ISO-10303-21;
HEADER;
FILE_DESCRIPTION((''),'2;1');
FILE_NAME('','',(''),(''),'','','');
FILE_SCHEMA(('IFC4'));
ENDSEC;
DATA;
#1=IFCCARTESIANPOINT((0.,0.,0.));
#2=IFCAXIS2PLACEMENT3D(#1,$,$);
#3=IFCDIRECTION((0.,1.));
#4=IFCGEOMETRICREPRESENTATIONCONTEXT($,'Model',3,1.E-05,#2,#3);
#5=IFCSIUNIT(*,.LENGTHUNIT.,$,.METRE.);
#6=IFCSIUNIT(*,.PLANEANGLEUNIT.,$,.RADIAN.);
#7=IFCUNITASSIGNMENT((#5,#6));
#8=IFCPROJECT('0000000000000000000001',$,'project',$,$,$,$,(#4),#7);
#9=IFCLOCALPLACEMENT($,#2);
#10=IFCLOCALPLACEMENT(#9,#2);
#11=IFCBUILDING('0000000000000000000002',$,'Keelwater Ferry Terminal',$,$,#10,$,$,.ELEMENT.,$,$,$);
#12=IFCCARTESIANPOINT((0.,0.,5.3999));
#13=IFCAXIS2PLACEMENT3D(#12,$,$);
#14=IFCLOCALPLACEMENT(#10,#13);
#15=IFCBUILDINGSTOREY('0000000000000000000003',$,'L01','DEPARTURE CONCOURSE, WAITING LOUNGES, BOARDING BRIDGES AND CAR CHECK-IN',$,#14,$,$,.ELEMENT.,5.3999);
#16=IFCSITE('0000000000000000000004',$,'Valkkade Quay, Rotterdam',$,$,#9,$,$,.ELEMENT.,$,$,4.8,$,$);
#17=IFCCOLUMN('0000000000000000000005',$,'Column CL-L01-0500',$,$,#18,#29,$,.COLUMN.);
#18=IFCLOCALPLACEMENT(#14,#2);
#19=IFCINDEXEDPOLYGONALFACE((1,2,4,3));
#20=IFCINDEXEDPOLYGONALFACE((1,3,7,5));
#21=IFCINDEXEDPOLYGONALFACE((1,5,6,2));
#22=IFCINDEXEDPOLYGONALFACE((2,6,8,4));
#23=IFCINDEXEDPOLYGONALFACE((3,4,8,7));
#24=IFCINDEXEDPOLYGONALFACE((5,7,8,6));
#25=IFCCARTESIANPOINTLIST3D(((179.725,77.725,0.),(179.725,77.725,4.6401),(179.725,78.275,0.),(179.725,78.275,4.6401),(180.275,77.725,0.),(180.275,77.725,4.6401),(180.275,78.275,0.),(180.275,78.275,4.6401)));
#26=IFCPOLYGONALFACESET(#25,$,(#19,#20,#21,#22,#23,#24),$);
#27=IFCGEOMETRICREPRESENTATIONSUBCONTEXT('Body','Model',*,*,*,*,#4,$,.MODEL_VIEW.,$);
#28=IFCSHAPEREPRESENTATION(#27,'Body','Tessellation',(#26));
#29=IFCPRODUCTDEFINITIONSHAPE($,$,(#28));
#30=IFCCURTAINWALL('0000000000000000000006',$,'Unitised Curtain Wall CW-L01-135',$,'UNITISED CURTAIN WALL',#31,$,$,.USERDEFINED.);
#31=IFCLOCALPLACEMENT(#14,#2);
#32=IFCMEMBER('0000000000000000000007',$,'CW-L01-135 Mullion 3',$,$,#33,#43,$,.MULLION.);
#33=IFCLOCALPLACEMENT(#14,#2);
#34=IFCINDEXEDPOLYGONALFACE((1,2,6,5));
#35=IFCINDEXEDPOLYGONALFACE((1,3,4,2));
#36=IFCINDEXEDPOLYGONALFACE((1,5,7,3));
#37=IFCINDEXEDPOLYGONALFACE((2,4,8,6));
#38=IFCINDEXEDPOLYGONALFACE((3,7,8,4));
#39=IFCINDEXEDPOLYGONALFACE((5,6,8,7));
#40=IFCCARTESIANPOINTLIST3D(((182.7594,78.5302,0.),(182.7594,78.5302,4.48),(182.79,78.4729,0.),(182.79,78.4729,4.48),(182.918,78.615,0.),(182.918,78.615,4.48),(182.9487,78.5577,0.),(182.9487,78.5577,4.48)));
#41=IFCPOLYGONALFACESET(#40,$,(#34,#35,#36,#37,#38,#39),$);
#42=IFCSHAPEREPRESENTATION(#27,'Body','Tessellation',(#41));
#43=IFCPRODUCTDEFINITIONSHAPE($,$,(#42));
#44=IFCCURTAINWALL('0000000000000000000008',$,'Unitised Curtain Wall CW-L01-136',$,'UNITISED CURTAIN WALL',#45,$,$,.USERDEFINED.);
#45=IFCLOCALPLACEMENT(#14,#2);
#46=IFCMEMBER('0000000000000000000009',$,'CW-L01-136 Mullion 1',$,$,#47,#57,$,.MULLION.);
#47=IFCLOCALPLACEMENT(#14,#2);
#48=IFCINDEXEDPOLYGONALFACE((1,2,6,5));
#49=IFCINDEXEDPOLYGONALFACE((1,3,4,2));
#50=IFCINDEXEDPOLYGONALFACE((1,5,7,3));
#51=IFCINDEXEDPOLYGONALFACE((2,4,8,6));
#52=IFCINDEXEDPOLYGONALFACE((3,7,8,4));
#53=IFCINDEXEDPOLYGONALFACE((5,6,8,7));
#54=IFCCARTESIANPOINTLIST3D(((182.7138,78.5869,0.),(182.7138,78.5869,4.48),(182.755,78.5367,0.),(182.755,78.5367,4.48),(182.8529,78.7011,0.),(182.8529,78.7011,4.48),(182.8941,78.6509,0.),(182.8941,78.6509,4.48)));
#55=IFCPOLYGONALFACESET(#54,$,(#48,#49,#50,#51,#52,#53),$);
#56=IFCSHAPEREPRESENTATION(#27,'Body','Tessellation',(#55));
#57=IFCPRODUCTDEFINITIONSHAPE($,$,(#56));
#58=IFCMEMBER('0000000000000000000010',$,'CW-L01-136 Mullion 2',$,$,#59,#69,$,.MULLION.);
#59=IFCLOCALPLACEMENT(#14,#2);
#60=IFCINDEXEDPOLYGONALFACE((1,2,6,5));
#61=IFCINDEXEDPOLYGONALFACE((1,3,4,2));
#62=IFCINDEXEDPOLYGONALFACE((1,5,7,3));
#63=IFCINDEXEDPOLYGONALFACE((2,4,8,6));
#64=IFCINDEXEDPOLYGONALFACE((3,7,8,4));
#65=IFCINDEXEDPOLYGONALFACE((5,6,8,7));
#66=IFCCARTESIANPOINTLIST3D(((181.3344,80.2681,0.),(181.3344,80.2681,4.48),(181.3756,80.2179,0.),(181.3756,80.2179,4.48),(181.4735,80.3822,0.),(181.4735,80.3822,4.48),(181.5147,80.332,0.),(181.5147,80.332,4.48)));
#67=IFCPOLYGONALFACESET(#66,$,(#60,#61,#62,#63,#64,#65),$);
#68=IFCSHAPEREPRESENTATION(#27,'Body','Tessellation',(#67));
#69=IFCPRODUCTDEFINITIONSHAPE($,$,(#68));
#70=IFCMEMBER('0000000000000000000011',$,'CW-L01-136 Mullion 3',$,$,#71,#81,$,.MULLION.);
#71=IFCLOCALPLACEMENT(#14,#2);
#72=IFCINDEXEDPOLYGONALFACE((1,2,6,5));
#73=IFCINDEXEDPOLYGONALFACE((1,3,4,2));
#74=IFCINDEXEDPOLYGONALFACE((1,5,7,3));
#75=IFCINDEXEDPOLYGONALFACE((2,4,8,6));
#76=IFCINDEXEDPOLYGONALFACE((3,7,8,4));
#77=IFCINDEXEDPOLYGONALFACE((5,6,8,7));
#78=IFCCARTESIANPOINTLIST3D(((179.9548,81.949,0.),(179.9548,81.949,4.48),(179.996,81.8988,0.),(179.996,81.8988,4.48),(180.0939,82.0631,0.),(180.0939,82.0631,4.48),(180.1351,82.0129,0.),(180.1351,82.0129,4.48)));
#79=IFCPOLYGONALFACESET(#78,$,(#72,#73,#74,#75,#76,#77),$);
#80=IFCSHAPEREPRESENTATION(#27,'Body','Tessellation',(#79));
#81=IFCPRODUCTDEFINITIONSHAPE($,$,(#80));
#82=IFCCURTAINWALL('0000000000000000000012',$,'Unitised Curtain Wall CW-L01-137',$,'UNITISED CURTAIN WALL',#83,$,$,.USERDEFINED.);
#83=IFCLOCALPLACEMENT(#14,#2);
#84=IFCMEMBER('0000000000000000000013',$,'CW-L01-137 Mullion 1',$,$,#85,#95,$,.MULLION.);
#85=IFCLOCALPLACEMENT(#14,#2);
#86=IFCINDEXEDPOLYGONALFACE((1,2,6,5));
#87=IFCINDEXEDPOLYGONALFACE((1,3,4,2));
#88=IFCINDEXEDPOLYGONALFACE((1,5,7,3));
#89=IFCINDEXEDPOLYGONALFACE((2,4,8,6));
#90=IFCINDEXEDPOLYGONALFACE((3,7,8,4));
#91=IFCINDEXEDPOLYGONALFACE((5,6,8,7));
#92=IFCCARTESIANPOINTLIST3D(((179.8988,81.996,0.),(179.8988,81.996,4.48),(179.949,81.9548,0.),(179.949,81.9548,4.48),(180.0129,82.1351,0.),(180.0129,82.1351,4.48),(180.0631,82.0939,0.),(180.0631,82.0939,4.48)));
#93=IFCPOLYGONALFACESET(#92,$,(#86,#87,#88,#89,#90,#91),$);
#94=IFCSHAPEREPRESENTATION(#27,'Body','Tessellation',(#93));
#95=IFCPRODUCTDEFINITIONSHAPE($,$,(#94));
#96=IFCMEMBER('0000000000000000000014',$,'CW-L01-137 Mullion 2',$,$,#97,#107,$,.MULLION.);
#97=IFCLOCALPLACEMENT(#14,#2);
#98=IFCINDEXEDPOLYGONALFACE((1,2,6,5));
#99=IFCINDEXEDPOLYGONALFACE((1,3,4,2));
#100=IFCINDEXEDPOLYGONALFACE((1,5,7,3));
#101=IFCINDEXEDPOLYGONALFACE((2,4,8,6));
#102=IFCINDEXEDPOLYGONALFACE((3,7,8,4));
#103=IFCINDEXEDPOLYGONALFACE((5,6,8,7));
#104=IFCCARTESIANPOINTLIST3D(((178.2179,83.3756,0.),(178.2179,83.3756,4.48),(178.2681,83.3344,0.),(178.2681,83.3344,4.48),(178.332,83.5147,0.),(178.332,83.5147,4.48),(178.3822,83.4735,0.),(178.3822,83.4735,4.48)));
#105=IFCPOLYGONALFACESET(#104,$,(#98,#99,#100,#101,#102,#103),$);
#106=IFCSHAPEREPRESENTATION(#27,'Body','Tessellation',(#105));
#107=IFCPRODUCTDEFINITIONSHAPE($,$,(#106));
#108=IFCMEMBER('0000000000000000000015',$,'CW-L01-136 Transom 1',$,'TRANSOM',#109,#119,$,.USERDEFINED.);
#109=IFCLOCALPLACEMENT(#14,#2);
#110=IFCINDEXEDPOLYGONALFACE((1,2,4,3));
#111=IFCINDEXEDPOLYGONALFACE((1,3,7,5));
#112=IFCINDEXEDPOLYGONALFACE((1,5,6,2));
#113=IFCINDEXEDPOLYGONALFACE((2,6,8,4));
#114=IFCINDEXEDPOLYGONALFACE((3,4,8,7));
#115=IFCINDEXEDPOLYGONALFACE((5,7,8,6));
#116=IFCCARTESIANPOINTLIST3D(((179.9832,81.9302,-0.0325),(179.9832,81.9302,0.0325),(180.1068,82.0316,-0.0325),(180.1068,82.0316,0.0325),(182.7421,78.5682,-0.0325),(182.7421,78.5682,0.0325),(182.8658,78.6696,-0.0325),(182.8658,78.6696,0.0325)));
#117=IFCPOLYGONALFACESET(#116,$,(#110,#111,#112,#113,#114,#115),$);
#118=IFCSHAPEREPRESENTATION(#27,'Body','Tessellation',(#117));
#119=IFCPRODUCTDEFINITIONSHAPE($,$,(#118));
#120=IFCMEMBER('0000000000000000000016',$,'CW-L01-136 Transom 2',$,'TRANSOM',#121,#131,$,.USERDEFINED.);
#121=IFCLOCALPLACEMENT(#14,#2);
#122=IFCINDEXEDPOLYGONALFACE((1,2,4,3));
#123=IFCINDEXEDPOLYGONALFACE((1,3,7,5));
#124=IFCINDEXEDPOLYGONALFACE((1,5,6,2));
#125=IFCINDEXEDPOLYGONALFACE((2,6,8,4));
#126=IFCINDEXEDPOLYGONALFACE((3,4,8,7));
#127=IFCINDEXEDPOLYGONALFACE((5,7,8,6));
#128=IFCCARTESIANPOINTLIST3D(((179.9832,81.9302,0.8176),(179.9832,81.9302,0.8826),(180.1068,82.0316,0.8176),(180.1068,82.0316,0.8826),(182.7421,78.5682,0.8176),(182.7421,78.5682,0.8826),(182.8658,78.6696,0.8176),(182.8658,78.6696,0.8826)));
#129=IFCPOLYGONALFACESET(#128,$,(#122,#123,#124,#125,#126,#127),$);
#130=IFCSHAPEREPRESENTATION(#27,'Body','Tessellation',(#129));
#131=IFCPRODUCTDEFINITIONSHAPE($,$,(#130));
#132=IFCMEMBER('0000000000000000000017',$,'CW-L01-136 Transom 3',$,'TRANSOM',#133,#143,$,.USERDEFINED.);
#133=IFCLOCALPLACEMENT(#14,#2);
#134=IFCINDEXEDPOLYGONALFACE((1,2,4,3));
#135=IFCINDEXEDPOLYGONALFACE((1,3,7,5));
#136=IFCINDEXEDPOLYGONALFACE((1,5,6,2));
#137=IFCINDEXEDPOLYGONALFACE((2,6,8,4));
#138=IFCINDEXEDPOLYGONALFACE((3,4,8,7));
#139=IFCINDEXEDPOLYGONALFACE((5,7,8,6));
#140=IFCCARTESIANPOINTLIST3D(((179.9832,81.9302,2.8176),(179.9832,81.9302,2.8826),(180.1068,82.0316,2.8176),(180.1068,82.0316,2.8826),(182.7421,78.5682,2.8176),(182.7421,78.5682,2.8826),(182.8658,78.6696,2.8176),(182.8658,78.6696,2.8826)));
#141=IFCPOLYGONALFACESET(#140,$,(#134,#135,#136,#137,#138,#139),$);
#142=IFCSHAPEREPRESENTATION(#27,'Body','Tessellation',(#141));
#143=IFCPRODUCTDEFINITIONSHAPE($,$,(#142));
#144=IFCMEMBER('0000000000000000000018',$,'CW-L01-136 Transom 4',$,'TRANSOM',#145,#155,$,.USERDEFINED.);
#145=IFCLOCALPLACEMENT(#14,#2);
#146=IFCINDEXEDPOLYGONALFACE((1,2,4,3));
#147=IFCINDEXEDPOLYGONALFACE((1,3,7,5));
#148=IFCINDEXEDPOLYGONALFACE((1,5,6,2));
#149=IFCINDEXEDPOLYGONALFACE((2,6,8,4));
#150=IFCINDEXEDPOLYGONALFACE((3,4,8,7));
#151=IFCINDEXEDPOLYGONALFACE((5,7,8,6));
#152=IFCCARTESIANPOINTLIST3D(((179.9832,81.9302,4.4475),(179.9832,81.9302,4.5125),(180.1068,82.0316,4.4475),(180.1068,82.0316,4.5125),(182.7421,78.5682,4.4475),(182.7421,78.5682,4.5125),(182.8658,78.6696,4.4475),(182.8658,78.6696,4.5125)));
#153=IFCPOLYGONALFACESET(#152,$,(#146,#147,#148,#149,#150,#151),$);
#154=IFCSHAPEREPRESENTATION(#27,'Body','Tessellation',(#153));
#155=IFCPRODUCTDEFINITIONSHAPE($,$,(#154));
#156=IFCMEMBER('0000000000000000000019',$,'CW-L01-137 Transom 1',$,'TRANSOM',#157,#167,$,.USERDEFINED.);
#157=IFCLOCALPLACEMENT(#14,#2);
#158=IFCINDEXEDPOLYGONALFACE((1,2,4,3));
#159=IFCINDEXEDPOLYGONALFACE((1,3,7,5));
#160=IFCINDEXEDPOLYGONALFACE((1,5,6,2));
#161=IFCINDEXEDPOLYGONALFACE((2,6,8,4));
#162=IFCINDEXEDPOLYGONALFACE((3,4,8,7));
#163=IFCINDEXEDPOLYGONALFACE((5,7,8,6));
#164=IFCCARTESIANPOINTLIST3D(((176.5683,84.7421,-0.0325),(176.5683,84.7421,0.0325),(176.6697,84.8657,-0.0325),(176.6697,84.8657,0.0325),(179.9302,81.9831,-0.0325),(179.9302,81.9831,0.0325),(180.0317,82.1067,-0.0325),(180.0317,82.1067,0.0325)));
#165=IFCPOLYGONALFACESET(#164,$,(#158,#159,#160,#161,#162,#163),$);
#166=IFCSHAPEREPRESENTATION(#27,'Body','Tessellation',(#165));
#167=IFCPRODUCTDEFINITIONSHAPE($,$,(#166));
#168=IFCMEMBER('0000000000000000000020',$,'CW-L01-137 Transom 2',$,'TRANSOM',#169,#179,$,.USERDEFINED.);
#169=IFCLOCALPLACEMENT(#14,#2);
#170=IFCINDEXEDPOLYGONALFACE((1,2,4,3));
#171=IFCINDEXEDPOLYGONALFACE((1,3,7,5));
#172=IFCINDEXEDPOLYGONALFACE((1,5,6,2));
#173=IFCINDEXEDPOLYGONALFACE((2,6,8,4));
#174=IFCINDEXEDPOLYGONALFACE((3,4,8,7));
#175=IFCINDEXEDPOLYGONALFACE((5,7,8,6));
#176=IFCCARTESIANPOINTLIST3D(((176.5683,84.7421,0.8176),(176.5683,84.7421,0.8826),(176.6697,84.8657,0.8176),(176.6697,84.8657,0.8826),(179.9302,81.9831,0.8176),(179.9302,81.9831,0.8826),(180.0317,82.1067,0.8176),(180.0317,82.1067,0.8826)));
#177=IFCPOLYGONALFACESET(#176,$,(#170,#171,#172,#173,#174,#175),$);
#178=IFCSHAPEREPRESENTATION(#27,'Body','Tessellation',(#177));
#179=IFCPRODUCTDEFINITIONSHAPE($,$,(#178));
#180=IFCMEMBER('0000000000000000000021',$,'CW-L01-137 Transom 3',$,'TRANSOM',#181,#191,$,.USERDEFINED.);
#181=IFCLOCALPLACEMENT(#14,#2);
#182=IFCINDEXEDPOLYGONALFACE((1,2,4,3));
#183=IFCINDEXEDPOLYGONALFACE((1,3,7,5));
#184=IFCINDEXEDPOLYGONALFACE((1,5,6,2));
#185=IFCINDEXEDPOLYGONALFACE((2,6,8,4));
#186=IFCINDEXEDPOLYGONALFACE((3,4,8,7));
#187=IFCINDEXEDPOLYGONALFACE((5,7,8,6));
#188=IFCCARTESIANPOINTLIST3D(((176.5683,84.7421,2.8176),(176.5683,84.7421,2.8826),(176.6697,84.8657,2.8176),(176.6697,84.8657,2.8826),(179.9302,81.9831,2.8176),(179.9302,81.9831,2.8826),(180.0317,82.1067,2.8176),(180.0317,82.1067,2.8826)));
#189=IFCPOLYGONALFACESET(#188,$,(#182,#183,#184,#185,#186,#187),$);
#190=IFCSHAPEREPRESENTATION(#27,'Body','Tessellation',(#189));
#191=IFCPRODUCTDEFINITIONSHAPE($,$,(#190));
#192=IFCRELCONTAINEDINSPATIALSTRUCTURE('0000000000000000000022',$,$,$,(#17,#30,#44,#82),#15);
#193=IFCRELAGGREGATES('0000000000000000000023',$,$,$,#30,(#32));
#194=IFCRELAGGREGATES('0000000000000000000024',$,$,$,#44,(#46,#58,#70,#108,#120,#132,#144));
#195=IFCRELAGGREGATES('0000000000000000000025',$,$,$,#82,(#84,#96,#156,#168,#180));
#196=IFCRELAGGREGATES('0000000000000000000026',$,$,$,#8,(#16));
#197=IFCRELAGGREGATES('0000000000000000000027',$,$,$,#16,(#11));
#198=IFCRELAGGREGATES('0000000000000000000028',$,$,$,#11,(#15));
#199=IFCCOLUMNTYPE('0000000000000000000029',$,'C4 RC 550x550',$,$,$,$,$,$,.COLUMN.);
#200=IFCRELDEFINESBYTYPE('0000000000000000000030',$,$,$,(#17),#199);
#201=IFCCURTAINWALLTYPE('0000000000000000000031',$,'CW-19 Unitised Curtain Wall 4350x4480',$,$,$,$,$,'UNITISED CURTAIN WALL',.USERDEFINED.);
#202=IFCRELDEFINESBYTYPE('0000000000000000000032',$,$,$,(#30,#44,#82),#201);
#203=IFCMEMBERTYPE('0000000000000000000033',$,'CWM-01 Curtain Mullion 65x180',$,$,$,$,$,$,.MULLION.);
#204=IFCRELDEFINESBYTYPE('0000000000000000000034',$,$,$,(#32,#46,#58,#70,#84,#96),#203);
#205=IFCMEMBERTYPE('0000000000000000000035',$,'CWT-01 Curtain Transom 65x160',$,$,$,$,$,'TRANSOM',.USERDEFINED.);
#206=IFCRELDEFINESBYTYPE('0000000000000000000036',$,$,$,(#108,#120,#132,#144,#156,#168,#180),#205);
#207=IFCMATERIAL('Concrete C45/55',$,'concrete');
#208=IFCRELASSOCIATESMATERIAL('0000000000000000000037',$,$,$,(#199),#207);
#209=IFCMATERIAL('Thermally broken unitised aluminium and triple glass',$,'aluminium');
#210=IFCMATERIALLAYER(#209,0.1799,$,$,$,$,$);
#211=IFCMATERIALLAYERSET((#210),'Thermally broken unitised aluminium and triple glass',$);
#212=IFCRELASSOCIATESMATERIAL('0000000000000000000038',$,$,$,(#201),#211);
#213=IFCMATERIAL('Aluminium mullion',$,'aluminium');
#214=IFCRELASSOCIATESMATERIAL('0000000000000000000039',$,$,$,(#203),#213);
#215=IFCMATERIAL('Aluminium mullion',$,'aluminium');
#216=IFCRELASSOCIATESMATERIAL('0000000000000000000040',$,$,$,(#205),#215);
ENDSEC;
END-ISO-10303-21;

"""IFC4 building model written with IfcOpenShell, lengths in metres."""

from ifc_helpers import new_model, si_unit, direction, frame, origin, origin_2d, place, context, subcontext, project, spatial, rectangle, extrude, material, layer, layer_set, material_profile, profile_set, type_object, element, aggregate, save


model = new_model("IFC4")

# Units and contexts
model_context = context("Model", 3, precision=1e-05, world=origin(), true_north=direction((0.0, 1.0)))
body_context = subcontext(model_context, "Body", "Model", "MODEL_VIEW")
ifc_project = project(units=[si_unit("LENGTHUNIT", "METRE"), si_unit("PLANEANGLEUNIT", "RADIAN")], contexts=[model_context])

# Site, building, storey
site_placement = place(None, origin())
site = spatial("IfcSite", under=ifc_project, at=site_placement, Name="Valkkade Quay, Rotterdam", CompositionType="ELEMENT", RefElevation=4.8)
building_placement = place(site_placement, origin())
building = spatial("IfcBuilding", under=site, at=building_placement, Name="Keelwater Ferry Terminal", CompositionType="ELEMENT")
storey_placement = place(building_placement, frame((0.0, 0.0, 5.3999)))
storey = spatial("IfcBuildingStorey", under=building, at=storey_placement, Name="L01", Description="DEPARTURE CONCOURSE, WAITING LOUNGES, BOARDING BRIDGES AND CAR CHECK-IN", CompositionType="ELEMENT", Elevation=5.3999)

# Column
ifc_material_1 = material(Name="Concrete C45/55", Category="concrete")
ifc_material_profile_1 = material_profile(ifc_material_1, rectangle(XDim=0.55, YDim=0.55, at=origin_2d()), Name="RC 550x550")
ifc_profile_set_1 = profile_set([ifc_material_profile_1], Name="Concrete C45/55")
column_type = type_object("IfcColumnType", Name="C4 RC 550x550", PredefinedType="COLUMN", material=ifc_profile_set_1)
column_placement = place(storey_placement, frame((180.0, 78.0, 0.0), z_axis=(0.0, 0.0, 1.0), x_axis=(1.0, 0.0, 0.0)))
element("IfcColumn", 1, at=column_placement, inside=storey, type_object=column_type, Name="Column CL-L01-0500", PredefinedType="COLUMN", context=body_context, shape_type="SweptSolid", body=[
    extrude(rectangle(XDim=0.55, YDim=0.55, at=origin_2d()), origin(), (0.0, 0.0, 1.0), 4.6401),
])

# Curtain wall, member
ifc_material_2 = material(Name="Thermally broken unitised aluminium and triple glass", Category="aluminium")
ifc_layer_1 = layer(ifc_material_2, 0.1799)
ifc_layer_set_1 = layer_set([ifc_layer_1], Name="Thermally broken unitised aluminium and triple glass")
curtain_wall_type = type_object("IfcCurtainWallType", Name="CW-19 Unitised Curtain Wall 4350x4480", ElementType="UNITISED CURTAIN WALL", PredefinedType="USERDEFINED", material=ifc_layer_set_1)
curtain_wall_1_placement = place(storey_placement, origin())
curtain_wall_1 = element("IfcCurtainWall", 2, at=curtain_wall_1_placement, inside=storey, type_object=curtain_wall_type, Name="Unitised Curtain Wall CW-L01-135", ObjectType="UNITISED CURTAIN WALL", PredefinedType="USERDEFINED")
ifc_material_3 = material(Name="Aluminium mullion", Category="aluminium")
ifc_material_profile_2 = material_profile(ifc_material_3, rectangle(XDim=0.0649, YDim=0.1799, at=origin_2d()), Name="CWM-01")
ifc_profile_set_2 = profile_set([ifc_material_profile_2], Name="Aluminium mullion")
member_type_1 = type_object("IfcMemberType", Name="CWM-01 Curtain Mullion 65x180", PredefinedType="MULLION", material=ifc_profile_set_2)
member_1_placement = place(storey_placement, frame((182.854, 78.5439, 0.0), z_axis=(0.0, 0.0, 1.0), x_axis=(-0.471507, 0.881862, 0.0)))
member_1 = element("IfcMember", 3, at=member_1_placement, type_object=member_type_1, Name="CW-L01-135 Mullion 3", PredefinedType="MULLION", context=body_context, shape_type="SweptSolid", body=[
    extrude(rectangle(XDim=0.0649, YDim=0.1799, at=origin_2d()), origin(), (0.0, 0.0, 1.0), 4.48),
])
aggregate(curtain_wall_1, [member_1])

# Curtain walls, members
curtain_wall_2_placement = place(storey_placement, origin())
curtain_wall_2 = element("IfcCurtainWall", 4, at=curtain_wall_2_placement, inside=storey, type_object=curtain_wall_type, Name="Unitised Curtain Wall CW-L01-136", ObjectType="UNITISED CURTAIN WALL", PredefinedType="USERDEFINED")
member_2_placement = place(storey_placement, frame((182.804, 78.6189, 0.0), z_axis=(0.0, 0.0, 1.0), x_axis=(-0.634377, 0.773024, 0.0)))
member_2 = element("IfcMember", 5, at=member_2_placement, type_object=member_type_1, Name="CW-L01-136 Mullion 1", PredefinedType="MULLION", context=body_context, shape_type="SweptSolid", body=[
    extrude(rectangle(XDim=0.0649, YDim=0.1799, at=origin_2d()), origin(), (0.0, 0.0, 1.0), 4.48),
])
member_3_placement = place(storey_placement, frame((181.4246, 80.3, 0.0), z_axis=(0.0, 0.0, 1.0), x_axis=(-0.634377, 0.773024, 0.0)))
member_3 = element("IfcMember", 6, at=member_3_placement, type_object=member_type_1, Name="CW-L01-136 Mullion 2", PredefinedType="MULLION", context=body_context, shape_type="SweptSolid", body=[
    extrude(rectangle(XDim=0.0649, YDim=0.1799, at=origin_2d()), origin(), (0.0, 0.0, 1.0), 4.48),
])
member_4_placement = place(storey_placement, frame((180.0449, 81.981, 0.0), z_axis=(0.0, 0.0, 1.0), x_axis=(-0.634377, 0.773024, 0.0)))
member_4 = element("IfcMember", 7, at=member_4_placement, type_object=member_type_1, Name="CW-L01-136 Mullion 3", PredefinedType="MULLION", context=body_context, shape_type="SweptSolid", body=[
    extrude(rectangle(XDim=0.0649, YDim=0.1799, at=origin_2d()), origin(), (0.0, 0.0, 1.0), 4.48),
])
curtain_wall_3_placement = place(storey_placement, origin())
curtain_wall_3 = element("IfcCurtainWall", 8, at=curtain_wall_3_placement, inside=storey, type_object=curtain_wall_type, Name="Unitised Curtain Wall CW-L01-137", ObjectType="UNITISED CURTAIN WALL", PredefinedType="USERDEFINED")
member_5_placement = place(storey_placement, frame((179.981, 82.0449, 0.0), z_axis=(0.0, 0.0, 1.0), x_axis=(-0.773024, 0.634377, 0.0)))
member_5 = element("IfcMember", 9, at=member_5_placement, type_object=member_type_1, Name="CW-L01-137 Mullion 1", PredefinedType="MULLION", context=body_context, shape_type="SweptSolid", body=[
    extrude(rectangle(XDim=0.0649, YDim=0.1799, at=origin_2d()), origin(), (0.0, 0.0, 1.0), 4.48),
])
member_6_placement = place(storey_placement, frame((178.3, 83.4246, 0.0), z_axis=(0.0, 0.0, 1.0), x_axis=(-0.773024, 0.634377, 0.0)))
member_6 = element("IfcMember", 10, at=member_6_placement, type_object=member_type_1, Name="CW-L01-137 Mullion 2", PredefinedType="MULLION", context=body_context, shape_type="SweptSolid", body=[
    extrude(rectangle(XDim=0.0649, YDim=0.1799, at=origin_2d()), origin(), (0.0, 0.0, 1.0), 4.48),
])

# Members
ifc_material_4 = material(Name="Aluminium mullion", Category="aluminium")
ifc_material_profile_3 = material_profile(ifc_material_4, rectangle(XDim=0.1599, YDim=0.0649, at=origin_2d()), Name="CWT-01")
ifc_profile_set_3 = profile_set([ifc_material_profile_3], Name="Aluminium mullion")
member_type_2 = type_object("IfcMemberType", Name="CWT-01 Curtain Transom 65x160", ElementType="TRANSOM", PredefinedType="USERDEFINED", material=ifc_profile_set_3)
member_7_placement = place(storey_placement, frame((182.804, 78.6189, 0.0), z_axis=(-0.634374, 0.773026, 0.0), x_axis=(-0.773026, -0.634374, 0.0)))
member_7 = element("IfcMember", 11, at=member_7_placement, type_object=member_type_2, Name="CW-L01-136 Transom 1", ObjectType="TRANSOM", PredefinedType="USERDEFINED", context=body_context, shape_type="SweptSolid", body=[
    extrude(rectangle(XDim=0.1599, YDim=0.0649, at=origin_2d()), origin(), (0.0, 0.0, 1.0), 4.3491),
])
member_8_placement = place(storey_placement, frame((182.804, 78.6189, 0.8501), z_axis=(-0.634374, 0.773026, 0.0), x_axis=(-0.773026, -0.634374, 0.0)))
member_8 = element("IfcMember", 12, at=member_8_placement, type_object=member_type_2, Name="CW-L01-136 Transom 2", ObjectType="TRANSOM", PredefinedType="USERDEFINED", context=body_context, shape_type="SweptSolid", body=[
    extrude(rectangle(XDim=0.1599, YDim=0.0649, at=origin_2d()), origin(), (0.0, 0.0, 1.0), 4.3491),
])
member_9_placement = place(storey_placement, frame((182.804, 78.6189, 2.8501), z_axis=(-0.634374, 0.773026, 0.0), x_axis=(-0.773026, -0.634374, 0.0)))
member_9 = element("IfcMember", 13, at=member_9_placement, type_object=member_type_2, Name="CW-L01-136 Transom 3", ObjectType="TRANSOM", PredefinedType="USERDEFINED", context=body_context, shape_type="SweptSolid", body=[
    extrude(rectangle(XDim=0.1599, YDim=0.0649, at=origin_2d()), origin(), (0.0, 0.0, 1.0), 4.3491),
])
member_10_placement = place(storey_placement, frame((182.804, 78.6189, 4.48), z_axis=(-0.634374, 0.773026, 0.0), x_axis=(-0.773026, -0.634374, 0.0)))
member_10 = element("IfcMember", 14, at=member_10_placement, type_object=member_type_2, Name="CW-L01-136 Transom 4", ObjectType="TRANSOM", PredefinedType="USERDEFINED", context=body_context, shape_type="SweptSolid", body=[
    extrude(rectangle(XDim=0.1599, YDim=0.0649, at=origin_2d()), origin(), (0.0, 0.0, 1.0), 4.3491),
])
member_11_placement = place(storey_placement, frame((179.981, 82.0449, 0.0), z_axis=(-0.773026, 0.634374, 0.0), x_axis=(-0.634374, -0.773026, 0.0)))
member_11 = element("IfcMember", 15, at=member_11_placement, type_object=member_type_2, Name="CW-L01-137 Transom 1", ObjectType="TRANSOM", PredefinedType="USERDEFINED", context=body_context, shape_type="SweptSolid", body=[
    extrude(rectangle(XDim=0.1599, YDim=0.0649, at=origin_2d()), origin(), (0.0, 0.0, 1.0), 4.3491),
])
member_12_placement = place(storey_placement, frame((179.981, 82.0449, 0.8501), z_axis=(-0.773026, 0.634374, 0.0), x_axis=(-0.634374, -0.773026, 0.0)))
member_12 = element("IfcMember", 16, at=member_12_placement, type_object=member_type_2, Name="CW-L01-137 Transom 2", ObjectType="TRANSOM", PredefinedType="USERDEFINED", context=body_context, shape_type="SweptSolid", body=[
    extrude(rectangle(XDim=0.1599, YDim=0.0649, at=origin_2d()), origin(), (0.0, 0.0, 1.0), 4.3491),
])
member_13_placement = place(storey_placement, frame((179.981, 82.0449, 2.8501), z_axis=(-0.773026, 0.634374, 0.0), x_axis=(-0.634374, -0.773026, 0.0)))
member_13 = element("IfcMember", 17, at=member_13_placement, type_object=member_type_2, Name="CW-L01-137 Transom 3", ObjectType="TRANSOM", PredefinedType="USERDEFINED", context=body_context, shape_type="SweptSolid", body=[
    extrude(rectangle(XDim=0.1599, YDim=0.0649, at=origin_2d()), origin(), (0.0, 0.0, 1.0), 4.3491),
])

aggregate(curtain_wall_2, [member_2, member_3, member_4, member_7, member_8, member_9, member_10])
aggregate(curtain_wall_3, [member_5, member_6, member_11, member_12, member_13])

save(model, "model.ifc")
